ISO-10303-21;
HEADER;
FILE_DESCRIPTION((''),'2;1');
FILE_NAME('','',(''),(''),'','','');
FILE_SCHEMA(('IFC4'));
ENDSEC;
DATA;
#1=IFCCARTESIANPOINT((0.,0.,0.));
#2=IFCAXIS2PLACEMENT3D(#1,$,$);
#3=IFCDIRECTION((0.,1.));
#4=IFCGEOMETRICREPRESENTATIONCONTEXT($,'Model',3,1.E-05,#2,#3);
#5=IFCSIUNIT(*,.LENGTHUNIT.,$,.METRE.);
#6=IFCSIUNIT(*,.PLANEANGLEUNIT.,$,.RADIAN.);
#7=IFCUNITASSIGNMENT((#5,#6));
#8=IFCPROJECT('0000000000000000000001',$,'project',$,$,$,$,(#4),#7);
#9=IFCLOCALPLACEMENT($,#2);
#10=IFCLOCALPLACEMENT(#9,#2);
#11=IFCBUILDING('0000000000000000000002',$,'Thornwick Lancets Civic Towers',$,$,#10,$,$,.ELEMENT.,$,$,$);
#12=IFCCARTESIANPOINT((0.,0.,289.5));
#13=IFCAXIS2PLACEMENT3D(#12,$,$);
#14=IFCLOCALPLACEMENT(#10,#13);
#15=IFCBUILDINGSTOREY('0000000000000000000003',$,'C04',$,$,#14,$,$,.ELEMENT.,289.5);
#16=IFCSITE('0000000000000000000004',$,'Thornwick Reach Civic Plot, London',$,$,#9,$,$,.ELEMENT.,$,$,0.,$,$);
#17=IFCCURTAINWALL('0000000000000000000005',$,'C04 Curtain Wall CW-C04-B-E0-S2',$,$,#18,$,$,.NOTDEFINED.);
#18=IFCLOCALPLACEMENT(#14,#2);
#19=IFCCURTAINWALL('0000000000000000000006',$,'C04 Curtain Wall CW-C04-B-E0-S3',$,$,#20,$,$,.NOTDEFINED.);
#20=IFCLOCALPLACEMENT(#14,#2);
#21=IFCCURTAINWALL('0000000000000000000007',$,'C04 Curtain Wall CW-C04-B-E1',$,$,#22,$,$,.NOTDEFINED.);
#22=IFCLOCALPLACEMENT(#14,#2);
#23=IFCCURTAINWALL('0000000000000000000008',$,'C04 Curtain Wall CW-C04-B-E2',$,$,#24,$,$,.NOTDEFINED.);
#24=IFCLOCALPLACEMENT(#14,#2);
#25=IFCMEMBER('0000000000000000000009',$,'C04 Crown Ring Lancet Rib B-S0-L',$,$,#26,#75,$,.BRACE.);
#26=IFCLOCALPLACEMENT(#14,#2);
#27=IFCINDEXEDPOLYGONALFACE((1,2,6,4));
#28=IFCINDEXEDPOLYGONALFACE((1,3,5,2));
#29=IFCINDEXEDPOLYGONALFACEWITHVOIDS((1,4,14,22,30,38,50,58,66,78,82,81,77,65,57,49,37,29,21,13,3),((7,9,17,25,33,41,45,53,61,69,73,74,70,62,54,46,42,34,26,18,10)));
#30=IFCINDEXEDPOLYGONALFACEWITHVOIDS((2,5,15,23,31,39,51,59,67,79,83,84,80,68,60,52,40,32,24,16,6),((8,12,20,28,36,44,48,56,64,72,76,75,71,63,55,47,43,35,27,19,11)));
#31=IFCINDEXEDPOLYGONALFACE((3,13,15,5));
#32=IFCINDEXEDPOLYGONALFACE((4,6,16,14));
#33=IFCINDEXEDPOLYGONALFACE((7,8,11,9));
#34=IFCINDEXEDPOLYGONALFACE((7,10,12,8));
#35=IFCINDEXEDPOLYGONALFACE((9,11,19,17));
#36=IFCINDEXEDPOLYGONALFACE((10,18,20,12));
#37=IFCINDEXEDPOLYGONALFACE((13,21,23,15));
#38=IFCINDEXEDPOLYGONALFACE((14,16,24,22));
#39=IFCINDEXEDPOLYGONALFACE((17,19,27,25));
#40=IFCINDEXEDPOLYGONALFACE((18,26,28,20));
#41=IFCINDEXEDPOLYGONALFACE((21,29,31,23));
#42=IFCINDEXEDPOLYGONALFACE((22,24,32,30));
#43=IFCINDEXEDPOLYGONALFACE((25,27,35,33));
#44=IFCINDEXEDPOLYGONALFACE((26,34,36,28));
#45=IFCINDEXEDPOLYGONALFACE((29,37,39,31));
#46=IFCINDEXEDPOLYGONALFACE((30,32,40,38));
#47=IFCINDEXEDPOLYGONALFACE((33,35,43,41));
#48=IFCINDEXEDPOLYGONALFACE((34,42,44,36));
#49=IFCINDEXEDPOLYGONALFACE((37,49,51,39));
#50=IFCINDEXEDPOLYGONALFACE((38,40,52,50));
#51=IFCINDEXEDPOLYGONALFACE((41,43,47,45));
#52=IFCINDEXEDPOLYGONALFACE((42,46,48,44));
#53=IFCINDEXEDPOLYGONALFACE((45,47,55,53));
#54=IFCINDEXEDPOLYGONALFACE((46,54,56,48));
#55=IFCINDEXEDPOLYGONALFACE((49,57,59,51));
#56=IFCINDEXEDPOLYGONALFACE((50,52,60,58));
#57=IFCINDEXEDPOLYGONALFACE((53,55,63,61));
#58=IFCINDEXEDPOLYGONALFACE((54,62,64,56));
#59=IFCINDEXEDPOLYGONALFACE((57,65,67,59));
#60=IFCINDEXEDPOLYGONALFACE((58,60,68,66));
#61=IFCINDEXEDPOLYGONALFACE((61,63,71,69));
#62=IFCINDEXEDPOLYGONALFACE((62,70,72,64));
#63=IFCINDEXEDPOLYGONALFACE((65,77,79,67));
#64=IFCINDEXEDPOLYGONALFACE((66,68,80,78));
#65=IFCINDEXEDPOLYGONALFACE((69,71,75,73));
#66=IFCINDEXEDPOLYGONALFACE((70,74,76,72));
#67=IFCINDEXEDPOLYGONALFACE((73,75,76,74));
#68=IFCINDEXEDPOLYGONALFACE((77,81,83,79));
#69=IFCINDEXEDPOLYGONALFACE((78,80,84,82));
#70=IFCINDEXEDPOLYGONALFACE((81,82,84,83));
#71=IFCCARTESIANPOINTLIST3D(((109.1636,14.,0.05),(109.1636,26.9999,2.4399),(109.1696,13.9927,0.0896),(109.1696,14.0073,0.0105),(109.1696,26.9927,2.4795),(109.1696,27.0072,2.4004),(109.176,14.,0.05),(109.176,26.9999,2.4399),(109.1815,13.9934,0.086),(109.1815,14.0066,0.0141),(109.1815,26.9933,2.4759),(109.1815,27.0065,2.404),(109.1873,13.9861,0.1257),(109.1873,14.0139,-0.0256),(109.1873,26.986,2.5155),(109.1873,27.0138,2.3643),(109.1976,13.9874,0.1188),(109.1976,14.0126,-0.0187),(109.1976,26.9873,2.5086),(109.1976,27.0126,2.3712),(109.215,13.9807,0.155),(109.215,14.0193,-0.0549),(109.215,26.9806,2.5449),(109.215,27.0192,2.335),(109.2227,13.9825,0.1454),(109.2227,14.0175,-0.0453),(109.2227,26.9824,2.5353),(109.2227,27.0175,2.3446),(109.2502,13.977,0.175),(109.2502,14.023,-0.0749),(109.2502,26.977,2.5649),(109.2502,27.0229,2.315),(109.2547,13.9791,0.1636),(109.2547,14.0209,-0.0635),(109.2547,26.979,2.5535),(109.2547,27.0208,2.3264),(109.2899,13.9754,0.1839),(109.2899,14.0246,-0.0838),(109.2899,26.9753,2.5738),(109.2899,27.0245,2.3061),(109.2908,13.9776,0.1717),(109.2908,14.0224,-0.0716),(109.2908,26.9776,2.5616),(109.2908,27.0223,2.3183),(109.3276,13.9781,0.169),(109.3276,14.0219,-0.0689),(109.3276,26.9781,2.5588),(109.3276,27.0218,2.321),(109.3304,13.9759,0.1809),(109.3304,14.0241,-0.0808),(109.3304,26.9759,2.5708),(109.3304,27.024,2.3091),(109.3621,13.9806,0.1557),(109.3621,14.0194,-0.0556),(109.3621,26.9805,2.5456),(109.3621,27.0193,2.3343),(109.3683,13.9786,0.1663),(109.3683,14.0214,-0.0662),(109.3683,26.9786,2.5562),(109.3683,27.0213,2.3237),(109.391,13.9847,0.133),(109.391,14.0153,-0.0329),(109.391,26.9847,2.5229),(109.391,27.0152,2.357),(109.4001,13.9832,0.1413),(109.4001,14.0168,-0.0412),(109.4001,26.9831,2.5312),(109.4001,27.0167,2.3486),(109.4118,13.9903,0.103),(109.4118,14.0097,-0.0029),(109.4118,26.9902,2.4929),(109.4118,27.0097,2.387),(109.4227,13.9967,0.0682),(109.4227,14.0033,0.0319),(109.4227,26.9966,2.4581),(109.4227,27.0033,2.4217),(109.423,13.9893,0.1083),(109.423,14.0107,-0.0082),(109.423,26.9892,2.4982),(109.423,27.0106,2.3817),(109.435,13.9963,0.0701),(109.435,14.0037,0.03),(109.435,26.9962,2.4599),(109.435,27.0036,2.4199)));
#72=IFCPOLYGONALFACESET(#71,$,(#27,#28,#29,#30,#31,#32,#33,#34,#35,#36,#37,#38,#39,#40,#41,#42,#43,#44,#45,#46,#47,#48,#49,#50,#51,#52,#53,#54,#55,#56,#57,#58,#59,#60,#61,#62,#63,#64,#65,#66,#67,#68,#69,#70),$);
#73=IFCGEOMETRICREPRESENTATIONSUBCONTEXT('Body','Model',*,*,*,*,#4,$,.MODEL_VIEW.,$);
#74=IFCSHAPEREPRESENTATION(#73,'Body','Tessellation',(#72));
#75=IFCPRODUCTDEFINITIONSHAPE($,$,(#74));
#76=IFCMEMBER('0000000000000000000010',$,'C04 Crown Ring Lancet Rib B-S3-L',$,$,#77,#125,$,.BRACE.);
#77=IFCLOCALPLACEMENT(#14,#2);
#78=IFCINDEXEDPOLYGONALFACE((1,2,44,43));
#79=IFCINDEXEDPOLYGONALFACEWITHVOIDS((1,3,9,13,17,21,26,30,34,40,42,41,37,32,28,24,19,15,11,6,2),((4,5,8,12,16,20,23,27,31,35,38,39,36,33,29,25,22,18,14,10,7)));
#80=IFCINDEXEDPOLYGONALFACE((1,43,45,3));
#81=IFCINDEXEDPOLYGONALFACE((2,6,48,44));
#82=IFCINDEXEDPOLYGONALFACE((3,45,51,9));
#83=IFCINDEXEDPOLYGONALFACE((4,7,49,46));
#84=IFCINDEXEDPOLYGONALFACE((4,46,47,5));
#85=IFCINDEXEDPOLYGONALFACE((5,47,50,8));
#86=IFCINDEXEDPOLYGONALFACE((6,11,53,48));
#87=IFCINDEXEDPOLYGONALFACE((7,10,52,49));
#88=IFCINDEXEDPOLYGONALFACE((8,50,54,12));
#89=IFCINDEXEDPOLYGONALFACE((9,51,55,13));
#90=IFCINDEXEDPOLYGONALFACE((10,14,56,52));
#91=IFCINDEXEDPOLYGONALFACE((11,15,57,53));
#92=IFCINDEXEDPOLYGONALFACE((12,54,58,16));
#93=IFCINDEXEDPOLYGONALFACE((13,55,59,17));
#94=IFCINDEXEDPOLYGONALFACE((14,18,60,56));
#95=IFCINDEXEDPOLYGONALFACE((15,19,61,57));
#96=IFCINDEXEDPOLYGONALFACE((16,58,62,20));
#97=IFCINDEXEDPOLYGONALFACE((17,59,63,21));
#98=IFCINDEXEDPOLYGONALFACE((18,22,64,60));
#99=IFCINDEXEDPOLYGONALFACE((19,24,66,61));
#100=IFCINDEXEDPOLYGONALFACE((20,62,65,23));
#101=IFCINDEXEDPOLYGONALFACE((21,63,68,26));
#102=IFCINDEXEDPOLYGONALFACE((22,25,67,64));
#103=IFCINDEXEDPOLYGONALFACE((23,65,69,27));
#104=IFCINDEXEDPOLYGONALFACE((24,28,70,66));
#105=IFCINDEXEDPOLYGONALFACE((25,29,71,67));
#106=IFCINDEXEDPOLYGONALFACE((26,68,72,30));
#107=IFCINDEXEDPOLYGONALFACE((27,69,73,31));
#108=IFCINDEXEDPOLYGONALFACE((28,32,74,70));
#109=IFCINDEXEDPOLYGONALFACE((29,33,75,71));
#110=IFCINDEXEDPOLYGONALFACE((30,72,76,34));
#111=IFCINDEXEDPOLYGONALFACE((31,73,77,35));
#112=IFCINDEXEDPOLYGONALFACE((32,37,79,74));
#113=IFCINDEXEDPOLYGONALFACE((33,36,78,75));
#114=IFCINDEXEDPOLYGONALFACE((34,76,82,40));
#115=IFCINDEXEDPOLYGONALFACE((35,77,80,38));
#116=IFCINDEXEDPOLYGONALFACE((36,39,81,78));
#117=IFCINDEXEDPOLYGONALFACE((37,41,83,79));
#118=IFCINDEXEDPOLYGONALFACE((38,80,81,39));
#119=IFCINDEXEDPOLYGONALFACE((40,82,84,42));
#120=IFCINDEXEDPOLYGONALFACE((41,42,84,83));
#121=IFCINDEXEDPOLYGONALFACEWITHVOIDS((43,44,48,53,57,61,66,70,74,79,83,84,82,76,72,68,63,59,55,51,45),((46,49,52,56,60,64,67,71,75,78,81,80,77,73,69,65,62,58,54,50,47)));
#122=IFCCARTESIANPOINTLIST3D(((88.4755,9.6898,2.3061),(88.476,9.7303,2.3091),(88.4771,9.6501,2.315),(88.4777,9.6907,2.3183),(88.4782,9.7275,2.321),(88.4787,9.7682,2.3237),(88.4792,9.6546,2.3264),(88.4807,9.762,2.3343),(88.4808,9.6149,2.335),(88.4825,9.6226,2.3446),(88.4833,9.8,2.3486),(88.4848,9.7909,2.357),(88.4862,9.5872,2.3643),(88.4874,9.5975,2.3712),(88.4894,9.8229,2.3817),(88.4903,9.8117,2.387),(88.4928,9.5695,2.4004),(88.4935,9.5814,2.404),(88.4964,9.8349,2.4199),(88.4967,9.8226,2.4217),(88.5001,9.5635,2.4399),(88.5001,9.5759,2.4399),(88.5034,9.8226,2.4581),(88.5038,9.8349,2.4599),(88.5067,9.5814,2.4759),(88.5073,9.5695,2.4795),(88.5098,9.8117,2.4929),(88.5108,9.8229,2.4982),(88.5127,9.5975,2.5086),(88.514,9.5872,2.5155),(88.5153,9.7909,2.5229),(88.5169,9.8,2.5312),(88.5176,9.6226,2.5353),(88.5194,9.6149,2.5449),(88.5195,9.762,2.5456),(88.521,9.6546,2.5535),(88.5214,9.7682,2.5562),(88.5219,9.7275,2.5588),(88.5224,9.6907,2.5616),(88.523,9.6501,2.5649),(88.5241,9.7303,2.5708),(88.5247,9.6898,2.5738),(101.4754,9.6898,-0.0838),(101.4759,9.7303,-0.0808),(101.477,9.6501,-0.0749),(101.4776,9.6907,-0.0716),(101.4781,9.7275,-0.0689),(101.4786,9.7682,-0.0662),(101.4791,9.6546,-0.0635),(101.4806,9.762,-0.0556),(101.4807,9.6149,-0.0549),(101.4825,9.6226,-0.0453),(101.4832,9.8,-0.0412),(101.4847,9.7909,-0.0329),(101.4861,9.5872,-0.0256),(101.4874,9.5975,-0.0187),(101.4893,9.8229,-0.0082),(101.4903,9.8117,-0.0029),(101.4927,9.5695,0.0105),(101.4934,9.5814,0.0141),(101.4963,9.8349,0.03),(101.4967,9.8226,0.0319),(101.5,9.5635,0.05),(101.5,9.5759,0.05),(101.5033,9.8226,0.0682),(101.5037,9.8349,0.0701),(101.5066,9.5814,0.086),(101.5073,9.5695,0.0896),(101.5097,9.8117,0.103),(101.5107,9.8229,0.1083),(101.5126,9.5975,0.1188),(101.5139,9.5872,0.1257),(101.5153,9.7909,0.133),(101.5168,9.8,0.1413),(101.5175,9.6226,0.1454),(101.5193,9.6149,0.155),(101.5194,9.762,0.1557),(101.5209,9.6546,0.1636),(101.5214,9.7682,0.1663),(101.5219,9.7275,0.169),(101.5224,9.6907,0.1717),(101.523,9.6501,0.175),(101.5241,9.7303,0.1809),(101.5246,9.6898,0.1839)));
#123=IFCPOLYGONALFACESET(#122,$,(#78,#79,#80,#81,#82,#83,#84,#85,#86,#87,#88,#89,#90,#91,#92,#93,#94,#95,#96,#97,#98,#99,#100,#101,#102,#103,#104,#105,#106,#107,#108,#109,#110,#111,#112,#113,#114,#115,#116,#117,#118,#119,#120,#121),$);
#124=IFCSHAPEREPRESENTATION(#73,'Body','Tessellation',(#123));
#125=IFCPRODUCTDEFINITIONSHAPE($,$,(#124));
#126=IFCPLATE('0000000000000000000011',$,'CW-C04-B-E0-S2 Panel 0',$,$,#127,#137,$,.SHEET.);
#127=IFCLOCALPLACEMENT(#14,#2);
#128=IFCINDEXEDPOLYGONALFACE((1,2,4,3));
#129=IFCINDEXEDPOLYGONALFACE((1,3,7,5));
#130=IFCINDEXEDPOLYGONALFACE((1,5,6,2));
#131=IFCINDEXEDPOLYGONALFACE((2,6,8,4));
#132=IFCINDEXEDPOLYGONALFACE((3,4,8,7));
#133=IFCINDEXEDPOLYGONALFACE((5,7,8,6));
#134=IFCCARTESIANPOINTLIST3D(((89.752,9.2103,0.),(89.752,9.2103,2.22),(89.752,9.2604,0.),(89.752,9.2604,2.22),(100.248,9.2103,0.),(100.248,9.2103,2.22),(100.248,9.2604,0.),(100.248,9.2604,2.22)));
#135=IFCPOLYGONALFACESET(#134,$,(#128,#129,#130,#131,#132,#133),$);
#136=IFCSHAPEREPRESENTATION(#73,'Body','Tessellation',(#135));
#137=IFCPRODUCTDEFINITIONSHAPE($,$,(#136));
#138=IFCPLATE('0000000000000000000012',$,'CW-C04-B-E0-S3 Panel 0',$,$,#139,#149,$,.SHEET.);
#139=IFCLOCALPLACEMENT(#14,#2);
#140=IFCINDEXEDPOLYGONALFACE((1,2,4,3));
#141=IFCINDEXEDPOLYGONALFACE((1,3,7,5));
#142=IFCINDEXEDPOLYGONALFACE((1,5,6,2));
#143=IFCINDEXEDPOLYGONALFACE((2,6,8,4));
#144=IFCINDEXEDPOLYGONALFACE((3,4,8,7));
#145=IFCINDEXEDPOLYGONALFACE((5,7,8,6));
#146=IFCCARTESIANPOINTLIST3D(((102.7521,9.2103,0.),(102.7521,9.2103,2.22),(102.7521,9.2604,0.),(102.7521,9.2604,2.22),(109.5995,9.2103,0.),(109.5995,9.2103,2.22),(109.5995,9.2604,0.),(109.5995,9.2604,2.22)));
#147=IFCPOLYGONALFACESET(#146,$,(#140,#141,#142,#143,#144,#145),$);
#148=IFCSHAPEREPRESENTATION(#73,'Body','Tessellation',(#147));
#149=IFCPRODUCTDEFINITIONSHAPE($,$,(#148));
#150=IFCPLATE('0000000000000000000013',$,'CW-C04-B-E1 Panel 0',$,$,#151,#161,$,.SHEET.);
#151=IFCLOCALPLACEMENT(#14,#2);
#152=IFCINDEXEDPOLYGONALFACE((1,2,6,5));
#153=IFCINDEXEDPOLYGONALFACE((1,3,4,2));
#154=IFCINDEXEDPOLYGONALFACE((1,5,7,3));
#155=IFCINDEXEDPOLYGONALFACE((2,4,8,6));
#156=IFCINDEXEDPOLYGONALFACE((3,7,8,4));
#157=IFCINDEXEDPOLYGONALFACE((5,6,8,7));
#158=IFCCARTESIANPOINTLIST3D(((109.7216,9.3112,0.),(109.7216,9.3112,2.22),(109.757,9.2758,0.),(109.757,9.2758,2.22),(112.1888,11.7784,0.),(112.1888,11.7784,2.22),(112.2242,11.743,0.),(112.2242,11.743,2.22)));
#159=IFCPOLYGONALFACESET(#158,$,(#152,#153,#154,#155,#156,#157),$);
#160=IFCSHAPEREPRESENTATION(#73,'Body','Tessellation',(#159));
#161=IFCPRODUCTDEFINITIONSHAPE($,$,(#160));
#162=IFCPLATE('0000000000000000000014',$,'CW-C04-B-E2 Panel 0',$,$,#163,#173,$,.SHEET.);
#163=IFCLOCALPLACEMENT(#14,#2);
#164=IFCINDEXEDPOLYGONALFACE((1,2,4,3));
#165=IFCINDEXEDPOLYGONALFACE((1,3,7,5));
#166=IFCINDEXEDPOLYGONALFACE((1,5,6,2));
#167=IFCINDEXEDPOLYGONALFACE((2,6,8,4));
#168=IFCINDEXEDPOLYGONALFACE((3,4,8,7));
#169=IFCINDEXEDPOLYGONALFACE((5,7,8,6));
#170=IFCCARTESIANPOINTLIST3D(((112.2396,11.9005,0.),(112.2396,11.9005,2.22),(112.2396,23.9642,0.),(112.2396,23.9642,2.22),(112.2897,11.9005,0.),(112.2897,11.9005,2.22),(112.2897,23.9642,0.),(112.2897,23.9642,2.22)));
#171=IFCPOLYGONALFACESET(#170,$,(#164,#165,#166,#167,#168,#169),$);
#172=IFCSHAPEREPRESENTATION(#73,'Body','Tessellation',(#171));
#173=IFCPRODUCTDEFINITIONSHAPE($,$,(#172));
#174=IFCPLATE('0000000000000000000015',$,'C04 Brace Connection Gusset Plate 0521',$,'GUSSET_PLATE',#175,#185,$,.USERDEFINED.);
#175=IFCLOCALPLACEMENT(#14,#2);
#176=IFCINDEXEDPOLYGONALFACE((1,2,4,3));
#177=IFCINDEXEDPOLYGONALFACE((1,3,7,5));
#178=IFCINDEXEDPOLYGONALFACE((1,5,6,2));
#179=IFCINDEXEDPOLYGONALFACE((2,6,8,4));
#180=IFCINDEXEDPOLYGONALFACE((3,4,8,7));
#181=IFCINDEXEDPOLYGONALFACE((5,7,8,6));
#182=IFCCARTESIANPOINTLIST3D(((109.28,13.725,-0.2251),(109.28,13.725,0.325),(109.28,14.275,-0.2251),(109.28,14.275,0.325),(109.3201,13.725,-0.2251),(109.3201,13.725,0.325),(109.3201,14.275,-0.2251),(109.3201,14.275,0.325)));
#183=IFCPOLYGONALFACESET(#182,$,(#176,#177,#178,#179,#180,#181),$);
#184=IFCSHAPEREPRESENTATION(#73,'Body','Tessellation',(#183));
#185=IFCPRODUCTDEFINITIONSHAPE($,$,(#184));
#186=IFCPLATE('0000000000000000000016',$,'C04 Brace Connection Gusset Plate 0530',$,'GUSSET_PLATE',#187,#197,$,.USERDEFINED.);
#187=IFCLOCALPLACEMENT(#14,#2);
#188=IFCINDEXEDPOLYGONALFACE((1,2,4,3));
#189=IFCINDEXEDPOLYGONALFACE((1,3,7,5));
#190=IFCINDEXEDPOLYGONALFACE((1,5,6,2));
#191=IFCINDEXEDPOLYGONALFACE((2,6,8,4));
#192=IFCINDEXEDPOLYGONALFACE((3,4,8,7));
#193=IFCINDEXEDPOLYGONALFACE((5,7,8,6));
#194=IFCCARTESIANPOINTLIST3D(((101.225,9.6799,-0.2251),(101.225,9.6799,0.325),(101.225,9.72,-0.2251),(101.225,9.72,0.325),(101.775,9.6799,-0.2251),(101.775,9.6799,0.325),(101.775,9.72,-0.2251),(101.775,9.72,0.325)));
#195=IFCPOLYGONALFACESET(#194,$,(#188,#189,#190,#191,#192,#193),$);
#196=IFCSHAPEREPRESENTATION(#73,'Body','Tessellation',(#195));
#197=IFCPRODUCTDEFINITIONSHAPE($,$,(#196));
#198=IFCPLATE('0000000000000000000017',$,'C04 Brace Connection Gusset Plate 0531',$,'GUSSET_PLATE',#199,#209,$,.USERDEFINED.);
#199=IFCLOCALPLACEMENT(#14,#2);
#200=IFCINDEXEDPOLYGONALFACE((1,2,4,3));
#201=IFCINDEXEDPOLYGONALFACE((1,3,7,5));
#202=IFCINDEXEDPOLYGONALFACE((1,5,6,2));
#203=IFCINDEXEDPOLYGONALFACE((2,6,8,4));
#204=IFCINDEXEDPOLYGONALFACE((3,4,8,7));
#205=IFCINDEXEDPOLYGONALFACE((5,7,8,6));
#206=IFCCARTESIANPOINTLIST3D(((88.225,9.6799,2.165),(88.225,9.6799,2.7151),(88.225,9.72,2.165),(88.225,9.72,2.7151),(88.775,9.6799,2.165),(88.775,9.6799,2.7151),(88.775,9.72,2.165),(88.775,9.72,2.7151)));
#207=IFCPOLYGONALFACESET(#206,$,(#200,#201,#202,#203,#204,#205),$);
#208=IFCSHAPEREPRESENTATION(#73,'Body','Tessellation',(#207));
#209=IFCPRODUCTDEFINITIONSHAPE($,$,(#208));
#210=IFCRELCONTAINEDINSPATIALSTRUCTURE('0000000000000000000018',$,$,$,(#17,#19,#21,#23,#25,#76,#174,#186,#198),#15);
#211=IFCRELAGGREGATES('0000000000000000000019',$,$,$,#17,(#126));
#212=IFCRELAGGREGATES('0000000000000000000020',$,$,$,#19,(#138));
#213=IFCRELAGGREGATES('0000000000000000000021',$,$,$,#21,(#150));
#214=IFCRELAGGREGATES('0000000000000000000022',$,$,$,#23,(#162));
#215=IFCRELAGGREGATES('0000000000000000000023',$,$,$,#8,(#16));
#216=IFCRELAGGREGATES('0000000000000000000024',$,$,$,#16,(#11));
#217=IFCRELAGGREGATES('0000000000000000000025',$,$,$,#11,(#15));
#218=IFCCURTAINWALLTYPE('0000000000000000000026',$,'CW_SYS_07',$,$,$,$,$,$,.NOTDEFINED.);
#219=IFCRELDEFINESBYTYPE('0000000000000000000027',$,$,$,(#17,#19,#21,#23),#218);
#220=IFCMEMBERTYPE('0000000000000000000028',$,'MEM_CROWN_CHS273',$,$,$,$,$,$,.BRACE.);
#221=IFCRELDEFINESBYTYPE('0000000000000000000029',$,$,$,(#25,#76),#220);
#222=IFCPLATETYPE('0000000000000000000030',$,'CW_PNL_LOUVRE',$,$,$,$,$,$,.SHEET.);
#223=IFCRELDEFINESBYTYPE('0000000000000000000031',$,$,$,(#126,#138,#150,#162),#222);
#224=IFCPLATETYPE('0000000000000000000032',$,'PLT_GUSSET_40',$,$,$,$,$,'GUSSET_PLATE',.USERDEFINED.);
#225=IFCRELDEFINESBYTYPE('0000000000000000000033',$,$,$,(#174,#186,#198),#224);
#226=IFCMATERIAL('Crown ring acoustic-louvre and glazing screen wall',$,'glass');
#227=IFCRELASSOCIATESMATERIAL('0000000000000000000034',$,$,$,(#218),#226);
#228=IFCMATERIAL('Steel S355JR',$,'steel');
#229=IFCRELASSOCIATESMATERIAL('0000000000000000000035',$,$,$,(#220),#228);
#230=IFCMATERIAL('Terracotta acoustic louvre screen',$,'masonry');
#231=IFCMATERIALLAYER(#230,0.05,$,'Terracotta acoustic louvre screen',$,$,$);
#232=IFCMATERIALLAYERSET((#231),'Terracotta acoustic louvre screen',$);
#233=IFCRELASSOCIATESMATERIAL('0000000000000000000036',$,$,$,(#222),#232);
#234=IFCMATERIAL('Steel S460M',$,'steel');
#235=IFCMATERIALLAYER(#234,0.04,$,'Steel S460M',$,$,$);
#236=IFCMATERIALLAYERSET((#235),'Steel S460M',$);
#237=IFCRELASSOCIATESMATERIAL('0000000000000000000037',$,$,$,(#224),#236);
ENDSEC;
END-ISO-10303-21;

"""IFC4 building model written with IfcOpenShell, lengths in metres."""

from ifc_helpers import new_model, si_unit, direction, frame, origin, origin_2d, place, context, subcontext, project, spatial, rectangle, hollow_circle, extrude, material, layer, layer_set, material_profile, profile_set, type_object, element, aggregate, save


model = new_model("IFC4")

# Units and contexts
model_context = context("Model", 3, precision=1e-05, world=origin(), true_north=direction((0.0, 1.0)))
body_context = subcontext(model_context, "Body", "Model", "MODEL_VIEW")
ifc_project = project(units=[si_unit("LENGTHUNIT", "METRE"), si_unit("PLANEANGLEUNIT", "RADIAN")], contexts=[model_context])

# Site, building, storey
site_placement = place(None, origin())
site = spatial("IfcSite", under=ifc_project, at=site_placement, Name="Thornwick Reach Civic Plot, London", CompositionType="ELEMENT", RefElevation=0.0)
building_placement = place(site_placement, origin())
building = spatial("IfcBuilding", under=site, at=building_placement, Name="Thornwick Lancets Civic Towers", CompositionType="ELEMENT")
storey_placement = place(building_placement, frame((0.0, 0.0, 289.5)))
storey = spatial("IfcBuildingStorey", under=building, at=storey_placement, Name="C04", CompositionType="ELEMENT", Elevation=289.5)

# Shared definitions
ifc_material_1 = material(Name="Steel S355JR", Category="steel")

# Curtain walls
ifc_material_2 = material(Name="Crown ring acoustic-louvre and glazing screen wall", Category="glass")
curtain_wall_type = type_object("IfcCurtainWallType", Name="CW_SYS_07", PredefinedType="NOTDEFINED", material=ifc_material_2)
curtain_wall_1_placement = place(storey_placement, origin())
curtain_wall_1 = element("IfcCurtainWall", 1, at=curtain_wall_1_placement, inside=storey, type_object=curtain_wall_type, Name="C04 Curtain Wall CW-C04-B-E0-S2", PredefinedType="NOTDEFINED")
curtain_wall_2_placement = place(storey_placement, origin())
curtain_wall_2 = element("IfcCurtainWall", 2, at=curtain_wall_2_placement, inside=storey, type_object=curtain_wall_type, Name="C04 Curtain Wall CW-C04-B-E0-S3", PredefinedType="NOTDEFINED")
curtain_wall_3_placement = place(storey_placement, origin())
curtain_wall_3 = element("IfcCurtainWall", 3, at=curtain_wall_3_placement, inside=storey, type_object=curtain_wall_type, Name="C04 Curtain Wall CW-C04-B-E1", PredefinedType="NOTDEFINED")
curtain_wall_4_placement = place(storey_placement, origin())
curtain_wall_4 = element("IfcCurtainWall", 4, at=curtain_wall_4_placement, inside=storey, type_object=curtain_wall_type, Name="C04 Curtain Wall CW-C04-B-E2", PredefinedType="NOTDEFINED")

# Members
ifc_material_profile_1 = material_profile(ifc_material_1, hollow_circle(Radius=0.1365, WallThickness=0.0125, at=origin_2d()), Name="CHS 273x12.5")
ifc_profile_set_1 = profile_set([ifc_material_profile_1], Name="Steel S355JR")
member_type_1 = type_object("IfcMemberType", Name="MEM_CROWN_CHS273", PredefinedType="BRACE", material=ifc_profile_set_1)
for number, where, z_axis, x_axis, name in (
    (5, (109.3, 14.0, 0.05), (0.0, 0.983518, 0.180808), (-1.0, 0.0, 0.0), "C04 Crown Ring Lancet Rib B-S0-L"),
    (6, (101.5, 9.7, 0.05), (-0.983518, 0.0, 0.180808), (0.0, -1.0, 0.0), "C04 Crown Ring Lancet Rib B-S3-L"),
):
    element("IfcMember", number, at=place(storey_placement, frame(where, z_axis=z_axis, x_axis=x_axis)), inside=storey, type_object=member_type_1, Name=name, PredefinedType="BRACE", context=body_context, shape_type="SweptSolid", body=[
        extrude(hollow_circle(Radius=0.1365, WallThickness=0.0125, at=origin_2d()), origin(), (0.0, 0.0, 1.0), 13.2178),
    ])

# Plates
ifc_material_3 = material(Name="Terracotta acoustic louvre screen", Category="masonry")
ifc_layer_1 = layer(ifc_material_3, 0.05, Name="Terracotta acoustic louvre screen")
ifc_layer_set_1 = layer_set([ifc_layer_1], Name="Terracotta acoustic louvre screen")
plate_type_1 = type_object("IfcPlateType", Name="CW_PNL_LOUVRE", PredefinedType="SHEET", material=ifc_layer_set_1)
plate_1_placement = place(storey_placement, frame((95.0, 9.2354, 0.0), z_axis=(0.0, 0.0, 1.0), x_axis=(1.0, 0.0, 0.0)))
plate_1 = element("IfcPlate", 7, at=plate_1_placement, type_object=plate_type_1, Name="CW-C04-B-E0-S2 Panel 0", PredefinedType="SHEET", context=body_context, shape_type="SweptSolid", body=[
    extrude(rectangle(XDim=10.4961, YDim=0.05, at=origin_2d()), origin(), (0.0, 0.0, 1.0), 2.22),
])
aggregate(curtain_wall_1, [plate_1])
plate_2_placement = place(storey_placement, frame((106.1758, 9.2354, 0.0), z_axis=(0.0, 0.0, 1.0), x_axis=(1.0, 0.0, 0.0)))
plate_2 = element("IfcPlate", 8, at=plate_2_placement, type_object=plate_type_1, Name="CW-C04-B-E0-S3 Panel 0", PredefinedType="SHEET", context=body_context, shape_type="SweptSolid", body=[
    extrude(rectangle(XDim=6.8474, YDim=0.05, at=origin_2d()), origin(), (0.0, 0.0, 1.0), 2.22),
])
aggregate(curtain_wall_2, [plate_2])
plate_3_placement = place(storey_placement, frame((110.9729, 10.5271, 0.0), z_axis=(0.0, 0.0, 1.0), x_axis=(0.707107, 0.707107, 0.0)))
plate_3 = element("IfcPlate", 9, at=plate_3_placement, type_object=plate_type_1, Name="CW-C04-B-E1 Panel 0", PredefinedType="SHEET", context=body_context, shape_type="SweptSolid", body=[
    extrude(rectangle(XDim=3.4893, YDim=0.05, at=origin_2d()), origin(), (0.0, 0.0, 1.0), 2.22),
])
aggregate(curtain_wall_3, [plate_3])
plate_4_placement = place(storey_placement, frame((112.2646, 17.9324, 0.0), z_axis=(0.0, 0.0, 1.0), x_axis=(0.0, 1.0, 0.0)))
plate_4 = element("IfcPlate", 10, at=plate_4_placement, type_object=plate_type_1, Name="CW-C04-B-E2 Panel 0", PredefinedType="SHEET", context=body_context, shape_type="SweptSolid", body=[
    extrude(rectangle(XDim=12.0637, YDim=0.05, at=origin_2d()), origin(), (0.0, 0.0, 1.0), 2.22),
])
aggregate(curtain_wall_4, [plate_4])

# Plates
ifc_material_4 = material(Name="Steel S460M", Category="steel")
ifc_layer_2 = layer(ifc_material_4, 0.04, Name="Steel S460M")
ifc_layer_set_2 = layer_set([ifc_layer_2], Name="Steel S460M")
plate_type_2 = type_object("IfcPlateType", Name="PLT_GUSSET_40", ElementType="GUSSET_PLATE", PredefinedType="USERDEFINED", material=ifc_layer_set_2)
for number, where, z_axis, x_axis, name in (
    (11, (109.3, 14.0, -0.2251), (0.0, 0.0, 1.0), (0.0, 1.0, 0.0), "C04 Brace Connection Gusset Plate 0521"),
    (12, (101.5, 9.7, -0.2251), (0.0, 0.0, 1.0), (-1.0, 0.0, 0.0), "C04 Brace Connection Gusset Plate 0530"),
    (13, (88.5, 9.7, 2.165), (0.0, 0.0, 1.0), (-1.0, 0.0, 0.0), "C04 Brace Connection Gusset Plate 0531"),
):
    element("IfcPlate", number, at=place(storey_placement, frame(where, z_axis=z_axis, x_axis=x_axis)), inside=storey, type_object=plate_type_2, Name=name, ObjectType="GUSSET_PLATE", PredefinedType="USERDEFINED", context=body_context, shape_type="SweptSolid", body=[
        extrude(rectangle(XDim=0.55, YDim=0.04, at=origin_2d()), origin(), (0.0, 0.0, 1.0), 0.55),
    ])

save(model, "model.ifc")
